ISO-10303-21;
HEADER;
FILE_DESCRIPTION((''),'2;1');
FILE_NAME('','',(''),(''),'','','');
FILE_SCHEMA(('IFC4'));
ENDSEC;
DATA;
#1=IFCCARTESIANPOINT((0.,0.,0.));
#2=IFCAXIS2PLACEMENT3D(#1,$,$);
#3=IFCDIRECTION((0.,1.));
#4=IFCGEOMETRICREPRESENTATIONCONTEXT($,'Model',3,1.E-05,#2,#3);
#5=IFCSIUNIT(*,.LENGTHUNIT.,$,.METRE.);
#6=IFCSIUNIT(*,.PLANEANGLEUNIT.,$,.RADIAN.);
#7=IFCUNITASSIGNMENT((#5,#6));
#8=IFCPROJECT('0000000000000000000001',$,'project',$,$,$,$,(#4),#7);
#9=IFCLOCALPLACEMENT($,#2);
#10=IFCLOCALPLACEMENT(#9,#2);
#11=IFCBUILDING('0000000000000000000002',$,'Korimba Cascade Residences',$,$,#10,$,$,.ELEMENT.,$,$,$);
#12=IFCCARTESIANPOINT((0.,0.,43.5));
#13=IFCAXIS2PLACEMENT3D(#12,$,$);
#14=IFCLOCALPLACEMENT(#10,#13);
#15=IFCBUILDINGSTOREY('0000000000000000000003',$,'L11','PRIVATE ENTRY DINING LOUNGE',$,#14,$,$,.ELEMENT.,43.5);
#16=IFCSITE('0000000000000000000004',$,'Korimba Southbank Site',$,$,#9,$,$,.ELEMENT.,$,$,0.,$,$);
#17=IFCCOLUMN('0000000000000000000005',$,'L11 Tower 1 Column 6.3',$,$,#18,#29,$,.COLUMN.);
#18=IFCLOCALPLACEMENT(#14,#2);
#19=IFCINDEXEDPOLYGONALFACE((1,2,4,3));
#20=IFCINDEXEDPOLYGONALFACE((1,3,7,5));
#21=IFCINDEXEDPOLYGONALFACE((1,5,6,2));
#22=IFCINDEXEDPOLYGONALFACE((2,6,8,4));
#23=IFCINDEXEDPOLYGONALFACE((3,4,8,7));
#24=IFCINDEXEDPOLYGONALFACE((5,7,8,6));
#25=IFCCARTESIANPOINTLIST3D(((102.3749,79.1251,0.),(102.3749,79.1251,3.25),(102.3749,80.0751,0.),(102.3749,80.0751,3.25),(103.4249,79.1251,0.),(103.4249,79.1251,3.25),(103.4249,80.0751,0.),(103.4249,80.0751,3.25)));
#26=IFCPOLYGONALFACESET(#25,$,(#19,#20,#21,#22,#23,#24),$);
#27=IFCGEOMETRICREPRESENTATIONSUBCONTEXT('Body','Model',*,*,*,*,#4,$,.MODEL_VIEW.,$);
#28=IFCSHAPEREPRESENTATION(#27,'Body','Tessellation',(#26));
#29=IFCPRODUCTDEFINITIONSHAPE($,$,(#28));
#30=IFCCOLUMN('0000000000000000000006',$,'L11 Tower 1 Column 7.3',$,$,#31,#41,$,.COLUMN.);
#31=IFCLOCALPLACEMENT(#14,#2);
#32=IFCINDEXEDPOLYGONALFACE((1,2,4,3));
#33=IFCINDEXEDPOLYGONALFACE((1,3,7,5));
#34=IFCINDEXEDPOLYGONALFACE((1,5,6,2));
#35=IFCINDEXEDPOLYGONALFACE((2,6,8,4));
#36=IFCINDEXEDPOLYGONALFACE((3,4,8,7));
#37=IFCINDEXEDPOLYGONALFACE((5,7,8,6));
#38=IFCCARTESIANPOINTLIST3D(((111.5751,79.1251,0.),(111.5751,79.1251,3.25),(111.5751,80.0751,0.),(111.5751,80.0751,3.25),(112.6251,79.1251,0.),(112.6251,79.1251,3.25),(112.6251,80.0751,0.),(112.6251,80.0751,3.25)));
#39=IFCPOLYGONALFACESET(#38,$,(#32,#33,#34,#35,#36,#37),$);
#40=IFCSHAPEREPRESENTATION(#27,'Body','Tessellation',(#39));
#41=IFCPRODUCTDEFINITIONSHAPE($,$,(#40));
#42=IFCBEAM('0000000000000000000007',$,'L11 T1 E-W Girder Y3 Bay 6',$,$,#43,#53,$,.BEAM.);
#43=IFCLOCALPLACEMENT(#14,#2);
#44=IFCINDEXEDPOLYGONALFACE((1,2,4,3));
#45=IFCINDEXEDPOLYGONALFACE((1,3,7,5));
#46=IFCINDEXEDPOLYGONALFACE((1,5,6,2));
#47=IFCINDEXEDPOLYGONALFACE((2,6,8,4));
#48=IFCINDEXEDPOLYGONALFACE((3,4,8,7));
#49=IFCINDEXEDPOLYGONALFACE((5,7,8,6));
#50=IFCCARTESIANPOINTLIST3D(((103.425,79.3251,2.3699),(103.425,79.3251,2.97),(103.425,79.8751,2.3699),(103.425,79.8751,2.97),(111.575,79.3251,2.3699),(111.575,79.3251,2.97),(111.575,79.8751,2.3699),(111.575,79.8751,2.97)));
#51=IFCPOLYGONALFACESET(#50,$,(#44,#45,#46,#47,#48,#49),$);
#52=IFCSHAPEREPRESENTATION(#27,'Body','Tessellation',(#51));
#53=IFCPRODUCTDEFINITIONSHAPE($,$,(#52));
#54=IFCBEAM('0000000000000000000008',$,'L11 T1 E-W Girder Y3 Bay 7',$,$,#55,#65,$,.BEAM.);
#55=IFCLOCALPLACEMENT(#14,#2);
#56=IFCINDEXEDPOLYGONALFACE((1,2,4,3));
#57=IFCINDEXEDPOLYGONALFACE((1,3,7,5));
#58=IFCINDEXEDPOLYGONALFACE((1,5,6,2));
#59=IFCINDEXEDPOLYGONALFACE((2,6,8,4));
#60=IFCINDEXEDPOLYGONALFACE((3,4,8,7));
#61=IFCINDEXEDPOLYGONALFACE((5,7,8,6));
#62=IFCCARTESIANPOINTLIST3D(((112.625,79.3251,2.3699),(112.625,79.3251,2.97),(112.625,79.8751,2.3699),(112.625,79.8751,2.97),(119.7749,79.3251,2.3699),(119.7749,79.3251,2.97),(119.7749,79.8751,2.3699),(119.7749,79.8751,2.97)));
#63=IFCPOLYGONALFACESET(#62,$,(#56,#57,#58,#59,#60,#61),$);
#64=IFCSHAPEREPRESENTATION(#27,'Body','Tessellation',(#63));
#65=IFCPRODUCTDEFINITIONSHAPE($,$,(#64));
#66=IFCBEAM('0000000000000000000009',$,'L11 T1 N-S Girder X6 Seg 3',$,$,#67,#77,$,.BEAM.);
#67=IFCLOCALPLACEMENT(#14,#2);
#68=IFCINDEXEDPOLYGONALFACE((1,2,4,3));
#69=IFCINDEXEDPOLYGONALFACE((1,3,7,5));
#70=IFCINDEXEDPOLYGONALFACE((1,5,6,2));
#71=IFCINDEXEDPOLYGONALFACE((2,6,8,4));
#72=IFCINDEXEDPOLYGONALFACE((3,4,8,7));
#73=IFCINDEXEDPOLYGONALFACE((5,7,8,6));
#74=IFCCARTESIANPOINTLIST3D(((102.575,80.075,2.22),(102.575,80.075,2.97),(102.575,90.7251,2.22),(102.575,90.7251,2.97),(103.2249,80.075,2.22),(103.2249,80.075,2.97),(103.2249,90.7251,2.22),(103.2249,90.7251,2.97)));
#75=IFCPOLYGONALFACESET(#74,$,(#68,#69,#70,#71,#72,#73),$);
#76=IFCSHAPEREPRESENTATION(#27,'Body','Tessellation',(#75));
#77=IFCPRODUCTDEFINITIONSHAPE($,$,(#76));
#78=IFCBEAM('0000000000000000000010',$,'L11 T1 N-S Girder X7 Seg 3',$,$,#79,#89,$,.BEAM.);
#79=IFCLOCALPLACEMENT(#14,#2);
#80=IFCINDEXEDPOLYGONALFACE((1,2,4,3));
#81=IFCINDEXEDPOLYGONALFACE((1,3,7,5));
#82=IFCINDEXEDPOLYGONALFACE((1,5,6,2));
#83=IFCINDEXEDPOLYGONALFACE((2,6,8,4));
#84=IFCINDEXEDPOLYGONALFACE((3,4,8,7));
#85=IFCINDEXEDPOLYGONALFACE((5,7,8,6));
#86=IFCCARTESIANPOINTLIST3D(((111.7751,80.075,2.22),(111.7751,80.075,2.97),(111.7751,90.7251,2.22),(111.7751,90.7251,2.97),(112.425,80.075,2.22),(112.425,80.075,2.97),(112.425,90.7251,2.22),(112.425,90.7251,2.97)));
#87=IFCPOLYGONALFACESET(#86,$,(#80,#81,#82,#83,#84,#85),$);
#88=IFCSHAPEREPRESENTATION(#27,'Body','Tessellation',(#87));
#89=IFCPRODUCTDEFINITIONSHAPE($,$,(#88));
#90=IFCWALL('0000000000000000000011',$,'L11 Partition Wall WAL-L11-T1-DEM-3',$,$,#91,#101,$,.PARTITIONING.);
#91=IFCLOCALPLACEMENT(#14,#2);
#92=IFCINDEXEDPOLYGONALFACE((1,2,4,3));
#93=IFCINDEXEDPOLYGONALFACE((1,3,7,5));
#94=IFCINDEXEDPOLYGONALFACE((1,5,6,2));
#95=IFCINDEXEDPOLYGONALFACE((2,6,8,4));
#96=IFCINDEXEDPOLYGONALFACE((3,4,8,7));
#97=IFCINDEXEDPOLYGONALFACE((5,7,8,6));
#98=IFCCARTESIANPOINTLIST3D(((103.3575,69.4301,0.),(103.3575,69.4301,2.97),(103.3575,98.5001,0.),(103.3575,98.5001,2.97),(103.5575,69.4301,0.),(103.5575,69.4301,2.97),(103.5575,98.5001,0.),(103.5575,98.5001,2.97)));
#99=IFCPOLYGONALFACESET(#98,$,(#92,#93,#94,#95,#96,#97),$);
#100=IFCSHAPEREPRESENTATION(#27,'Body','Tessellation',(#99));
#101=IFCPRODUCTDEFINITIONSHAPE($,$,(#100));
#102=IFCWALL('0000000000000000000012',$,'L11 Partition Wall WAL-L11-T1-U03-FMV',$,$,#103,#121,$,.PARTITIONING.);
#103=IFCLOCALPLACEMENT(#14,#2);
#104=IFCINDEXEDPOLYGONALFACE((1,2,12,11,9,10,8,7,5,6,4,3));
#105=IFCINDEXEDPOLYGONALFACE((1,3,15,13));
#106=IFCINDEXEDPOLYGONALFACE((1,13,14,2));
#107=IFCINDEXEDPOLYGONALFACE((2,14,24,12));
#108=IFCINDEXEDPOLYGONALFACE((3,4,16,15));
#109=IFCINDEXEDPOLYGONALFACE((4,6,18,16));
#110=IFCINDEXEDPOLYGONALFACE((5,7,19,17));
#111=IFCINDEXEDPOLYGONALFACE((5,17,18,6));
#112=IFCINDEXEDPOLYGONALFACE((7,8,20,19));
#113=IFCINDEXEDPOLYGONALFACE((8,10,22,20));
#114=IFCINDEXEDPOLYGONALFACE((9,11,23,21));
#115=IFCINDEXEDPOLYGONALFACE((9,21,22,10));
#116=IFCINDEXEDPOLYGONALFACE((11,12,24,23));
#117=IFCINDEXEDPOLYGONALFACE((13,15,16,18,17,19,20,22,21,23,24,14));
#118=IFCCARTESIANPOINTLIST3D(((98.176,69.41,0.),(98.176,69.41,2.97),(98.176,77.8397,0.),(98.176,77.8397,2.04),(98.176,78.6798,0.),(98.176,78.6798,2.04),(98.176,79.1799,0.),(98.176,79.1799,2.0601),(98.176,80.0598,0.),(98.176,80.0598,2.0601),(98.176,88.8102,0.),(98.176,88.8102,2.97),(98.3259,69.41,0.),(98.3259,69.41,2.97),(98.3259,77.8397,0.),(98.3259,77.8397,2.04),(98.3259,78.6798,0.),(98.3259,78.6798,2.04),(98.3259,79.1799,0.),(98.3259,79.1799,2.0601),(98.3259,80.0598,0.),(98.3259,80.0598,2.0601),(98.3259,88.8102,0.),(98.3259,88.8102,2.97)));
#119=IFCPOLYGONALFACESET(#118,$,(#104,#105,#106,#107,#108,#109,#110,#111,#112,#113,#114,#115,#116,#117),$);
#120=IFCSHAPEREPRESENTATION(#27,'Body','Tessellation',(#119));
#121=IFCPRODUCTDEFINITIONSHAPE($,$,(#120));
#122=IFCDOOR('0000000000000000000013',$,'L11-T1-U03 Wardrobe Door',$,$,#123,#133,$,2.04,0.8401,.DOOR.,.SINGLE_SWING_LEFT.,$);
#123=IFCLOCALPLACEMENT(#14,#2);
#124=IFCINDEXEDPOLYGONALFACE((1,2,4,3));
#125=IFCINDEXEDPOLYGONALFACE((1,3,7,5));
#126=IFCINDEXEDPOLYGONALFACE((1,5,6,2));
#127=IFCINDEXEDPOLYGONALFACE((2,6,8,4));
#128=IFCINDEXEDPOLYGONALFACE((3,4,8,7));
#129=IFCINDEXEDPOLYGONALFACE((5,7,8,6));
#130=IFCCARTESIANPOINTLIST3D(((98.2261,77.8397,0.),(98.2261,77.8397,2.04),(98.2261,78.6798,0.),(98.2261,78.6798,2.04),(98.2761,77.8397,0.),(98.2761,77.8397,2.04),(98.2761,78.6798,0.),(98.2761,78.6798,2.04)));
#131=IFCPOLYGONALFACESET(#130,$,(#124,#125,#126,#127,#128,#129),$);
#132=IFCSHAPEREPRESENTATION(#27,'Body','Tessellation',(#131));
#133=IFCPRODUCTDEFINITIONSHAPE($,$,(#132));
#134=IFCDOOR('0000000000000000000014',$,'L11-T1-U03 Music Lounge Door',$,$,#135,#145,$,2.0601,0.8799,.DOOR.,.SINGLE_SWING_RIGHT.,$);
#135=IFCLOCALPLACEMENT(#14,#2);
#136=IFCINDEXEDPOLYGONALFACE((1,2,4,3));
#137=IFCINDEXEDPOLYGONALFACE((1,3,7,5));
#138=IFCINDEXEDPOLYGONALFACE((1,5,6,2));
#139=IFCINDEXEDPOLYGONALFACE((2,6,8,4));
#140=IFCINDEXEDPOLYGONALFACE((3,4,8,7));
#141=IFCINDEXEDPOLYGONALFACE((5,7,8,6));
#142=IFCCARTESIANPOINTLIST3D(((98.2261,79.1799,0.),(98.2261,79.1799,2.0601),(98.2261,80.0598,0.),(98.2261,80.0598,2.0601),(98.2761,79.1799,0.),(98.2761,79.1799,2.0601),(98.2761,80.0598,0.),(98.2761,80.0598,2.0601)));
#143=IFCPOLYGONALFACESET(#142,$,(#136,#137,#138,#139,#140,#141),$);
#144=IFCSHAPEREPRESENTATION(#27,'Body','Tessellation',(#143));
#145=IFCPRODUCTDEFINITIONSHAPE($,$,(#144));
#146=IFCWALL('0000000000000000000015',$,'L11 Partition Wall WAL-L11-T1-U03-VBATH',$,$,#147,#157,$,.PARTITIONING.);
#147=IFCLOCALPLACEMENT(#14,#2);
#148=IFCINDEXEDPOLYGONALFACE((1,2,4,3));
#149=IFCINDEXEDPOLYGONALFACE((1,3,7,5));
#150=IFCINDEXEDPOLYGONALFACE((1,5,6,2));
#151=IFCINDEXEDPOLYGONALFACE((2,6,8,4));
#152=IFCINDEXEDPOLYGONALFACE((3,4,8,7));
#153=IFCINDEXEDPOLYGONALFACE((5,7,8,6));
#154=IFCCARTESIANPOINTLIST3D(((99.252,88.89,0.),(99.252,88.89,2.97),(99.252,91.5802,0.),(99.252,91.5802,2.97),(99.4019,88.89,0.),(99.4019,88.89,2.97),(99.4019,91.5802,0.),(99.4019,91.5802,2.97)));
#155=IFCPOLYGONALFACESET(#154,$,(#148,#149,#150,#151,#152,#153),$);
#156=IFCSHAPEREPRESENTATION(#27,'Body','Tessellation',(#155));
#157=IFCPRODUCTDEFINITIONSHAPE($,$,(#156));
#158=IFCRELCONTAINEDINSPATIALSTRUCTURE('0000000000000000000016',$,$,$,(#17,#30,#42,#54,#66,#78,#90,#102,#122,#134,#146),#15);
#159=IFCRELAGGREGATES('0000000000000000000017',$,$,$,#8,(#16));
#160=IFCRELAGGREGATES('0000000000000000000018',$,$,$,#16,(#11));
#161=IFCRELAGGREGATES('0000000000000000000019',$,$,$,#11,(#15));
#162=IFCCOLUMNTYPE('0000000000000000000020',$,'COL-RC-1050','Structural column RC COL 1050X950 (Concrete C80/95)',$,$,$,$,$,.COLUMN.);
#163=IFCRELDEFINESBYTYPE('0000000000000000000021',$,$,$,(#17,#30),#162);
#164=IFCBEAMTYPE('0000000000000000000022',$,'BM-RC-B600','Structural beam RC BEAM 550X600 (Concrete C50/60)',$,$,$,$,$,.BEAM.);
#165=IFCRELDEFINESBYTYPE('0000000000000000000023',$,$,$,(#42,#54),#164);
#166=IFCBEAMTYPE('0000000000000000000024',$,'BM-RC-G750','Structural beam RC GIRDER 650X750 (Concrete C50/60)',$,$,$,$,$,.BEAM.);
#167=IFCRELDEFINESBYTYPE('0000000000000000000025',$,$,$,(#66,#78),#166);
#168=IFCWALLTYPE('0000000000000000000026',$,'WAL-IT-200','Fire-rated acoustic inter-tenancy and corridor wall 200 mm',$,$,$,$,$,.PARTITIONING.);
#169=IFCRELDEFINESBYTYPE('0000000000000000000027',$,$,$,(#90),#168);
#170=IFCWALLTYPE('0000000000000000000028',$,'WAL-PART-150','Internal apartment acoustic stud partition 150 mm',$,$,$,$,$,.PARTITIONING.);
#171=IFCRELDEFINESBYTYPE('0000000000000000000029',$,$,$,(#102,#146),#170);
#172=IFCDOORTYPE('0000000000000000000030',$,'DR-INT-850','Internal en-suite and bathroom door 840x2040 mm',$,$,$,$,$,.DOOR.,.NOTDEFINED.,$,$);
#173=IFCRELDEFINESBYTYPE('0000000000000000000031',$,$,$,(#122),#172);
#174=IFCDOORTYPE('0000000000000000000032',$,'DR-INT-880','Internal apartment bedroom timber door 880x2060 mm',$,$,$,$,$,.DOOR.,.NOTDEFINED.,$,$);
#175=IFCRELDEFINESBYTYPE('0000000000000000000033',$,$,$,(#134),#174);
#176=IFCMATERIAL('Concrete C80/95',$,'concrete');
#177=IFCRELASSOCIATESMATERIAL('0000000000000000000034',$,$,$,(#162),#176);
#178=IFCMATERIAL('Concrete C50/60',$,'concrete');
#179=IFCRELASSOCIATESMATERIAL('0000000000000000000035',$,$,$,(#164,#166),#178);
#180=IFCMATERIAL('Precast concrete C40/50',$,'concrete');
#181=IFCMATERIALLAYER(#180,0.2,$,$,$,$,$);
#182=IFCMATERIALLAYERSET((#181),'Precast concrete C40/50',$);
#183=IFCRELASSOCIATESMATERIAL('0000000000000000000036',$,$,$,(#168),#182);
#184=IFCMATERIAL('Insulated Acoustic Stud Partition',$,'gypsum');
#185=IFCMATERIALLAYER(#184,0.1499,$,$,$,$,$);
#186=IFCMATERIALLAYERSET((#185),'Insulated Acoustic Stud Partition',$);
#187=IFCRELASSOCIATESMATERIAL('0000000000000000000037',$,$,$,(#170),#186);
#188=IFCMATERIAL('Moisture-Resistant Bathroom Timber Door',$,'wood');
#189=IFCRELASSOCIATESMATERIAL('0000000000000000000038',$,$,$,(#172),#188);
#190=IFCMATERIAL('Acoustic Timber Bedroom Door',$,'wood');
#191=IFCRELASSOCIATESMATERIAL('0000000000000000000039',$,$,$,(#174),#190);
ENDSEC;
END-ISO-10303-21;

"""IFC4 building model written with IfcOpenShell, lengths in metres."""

from ifc_helpers import new_model, si_unit, direction, frame, frame_2d, origin, origin_2d, place, context, subcontext, project, spatial, rectangle, extrude, material, layer, layer_set, material_profile, profile_set, type_object, element, fill, save


model = new_model("IFC4")

# Units and contexts
model_context = context("Model", 3, precision=1e-05, world=origin(), true_north=direction((0.0, 1.0)))
body_context = subcontext(model_context, "Body", "Model", "MODEL_VIEW")
ifc_project = project(units=[si_unit("LENGTHUNIT", "METRE"), si_unit("PLANEANGLEUNIT", "RADIAN")], contexts=[model_context])

# Site, building, storey
site_placement = place(None, origin())
site = spatial("IfcSite", under=ifc_project, at=site_placement, Name="Korimba Southbank Site", CompositionType="ELEMENT", RefElevation=0.0)
building_placement = place(site_placement, origin())
building = spatial("IfcBuilding", under=site, at=building_placement, Name="Korimba Cascade Residences", CompositionType="ELEMENT")
storey_placement = place(building_placement, frame((0.0, 0.0, 43.5)))
storey = spatial("IfcBuildingStorey", under=building, at=storey_placement, Name="L11", Description="PRIVATE ENTRY DINING LOUNGE", CompositionType="ELEMENT", Elevation=43.5)

# Columns
ifc_material_1 = material(Name="Concrete C80/95", Category="concrete")
ifc_material_profile_1 = material_profile(ifc_material_1, rectangle(XDim=1.05, YDim=0.95, at=origin_2d()), Name="Concrete C80/95")
ifc_profile_set_1 = profile_set([ifc_material_profile_1], Name="Concrete C80/95")
column_type = type_object("IfcColumnType", Name="COL-RC-1050", Description="Structural column RC COL 1050X950 (Concrete C80/95)", PredefinedType="COLUMN", material=ifc_profile_set_1)
for number, where, z_axis, x_axis, name in (
    (1, (102.8999, 79.6001, 0.0), (0.0, 0.0, 1.0), (1.0, 0.0, 0.0), "L11 Tower 1 Column 6.3"),
    (2, (112.1001, 79.6001, 0.0), (0.0, 0.0, 1.0), (1.0, 0.0, 0.0), "L11 Tower 1 Column 7.3"),
):
    element("IfcColumn", number, at=place(storey_placement, frame(where, z_axis=z_axis, x_axis=x_axis)), inside=storey, type_object=column_type, Name=name, PredefinedType="COLUMN", context=body_context, shape_type="SweptSolid", body=[
        extrude(rectangle(XDim=1.05, YDim=0.95, at=origin_2d()), origin(), (0.0, 0.0, 1.0), 3.25),
    ])

# Beams
ifc_material_2 = material(Name="Concrete C50/60", Category="concrete")
ifc_material_profile_2 = material_profile(ifc_material_2, rectangle(XDim=0.55, YDim=0.6001, at=origin_2d()), Name="Concrete C50/60")
ifc_profile_set_2 = profile_set([ifc_material_profile_2], Name="Concrete C50/60")
beam_type_1 = type_object("IfcBeamType", Name="BM-RC-B600", Description="Structural beam RC BEAM 550X600 (Concrete C50/60)", PredefinedType="BEAM", material=ifc_profile_set_2)
beam_1_placement = place(storey_placement, frame((103.425, 79.6001, 2.6699), z_axis=(1.0, 0.0, 0.0), x_axis=(0.0, 1.0, 0.0)))
element("IfcBeam", 3, at=beam_1_placement, inside=storey, type_object=beam_type_1, Name="L11 T1 E-W Girder Y3 Bay 6", PredefinedType="BEAM", context=body_context, shape_type="SweptSolid", body=[
    extrude(rectangle(XDim=0.55, YDim=0.6001, at=origin_2d()), origin(), (0.0, 0.0, 1.0), 8.1499),
])
beam_2_placement = place(storey_placement, frame((112.625, 79.6001, 2.6699), z_axis=(1.0, 0.0, 0.0), x_axis=(0.0, 1.0, 0.0)))
element("IfcBeam", 4, at=beam_2_placement, inside=storey, type_object=beam_type_1, Name="L11 T1 E-W Girder Y3 Bay 7", PredefinedType="BEAM", context=body_context, shape_type="SweptSolid", body=[
    extrude(rectangle(XDim=0.55, YDim=0.6001, at=origin_2d()), origin(), (0.0, 0.0, 1.0), 7.1499),
])
ifc_material_profile_3 = material_profile(ifc_material_2, rectangle(XDim=0.6499, YDim=0.75, at=origin_2d()), Name="Concrete C50/60")
ifc_profile_set_3 = profile_set([ifc_material_profile_3], Name="Concrete C50/60")
beam_type_2 = type_object("IfcBeamType", Name="BM-RC-G750", Description="Structural beam RC GIRDER 650X750 (Concrete C50/60)", PredefinedType="BEAM", material=ifc_profile_set_3)
for number, where, z_axis, x_axis, name in (
    (5, (102.8999, 80.075, 2.595), (0.0, 1.0, 0.0), (-1.0, 0.0, 0.0), "L11 T1 N-S Girder X6 Seg 3"),
    (6, (112.1001, 80.075, 2.595), (0.0, 1.0, 0.0), (-1.0, 0.0, 0.0), "L11 T1 N-S Girder X7 Seg 3"),
):
    element("IfcBeam", number, at=place(storey_placement, frame(where, z_axis=z_axis, x_axis=x_axis)), inside=storey, type_object=beam_type_2, Name=name, PredefinedType="BEAM", context=body_context, shape_type="SweptSolid", body=[
        extrude(rectangle(XDim=0.6499, YDim=0.75, at=origin_2d()), origin(), (0.0, 0.0, 1.0), 10.6501),
    ])

# Wall
ifc_material_3 = material(Name="Precast concrete C40/50", Category="concrete")
ifc_layer_1 = layer(ifc_material_3, 0.2)
ifc_layer_set_1 = layer_set([ifc_layer_1], Name="Precast concrete C40/50")
wall_type_1 = type_object("IfcWallType", Name="WAL-IT-200", Description="Fire-rated acoustic inter-tenancy and corridor wall 200 mm", PredefinedType="PARTITIONING", material=ifc_layer_set_1)
wall_1_placement = place(storey_placement, frame((103.4575, 69.4299, 0.0), z_axis=(0.0, 0.0, 1.0), x_axis=(0.0, 1.0, 0.0)))
element("IfcWall", 7, at=wall_1_placement, inside=storey, type_object=wall_type_1, Name="L11 Partition Wall WAL-L11-T1-DEM-3", PredefinedType="PARTITIONING", context=body_context, shape_type="SweptSolid", body=[
    extrude(rectangle(XDim=29.0701, YDim=0.2, at=frame_2d((14.5352, 0.0))), origin(), (0.0, 0.0, 1.0), 2.97),
])

# Wall, openings, doors
ifc_material_4 = material(Name="Insulated Acoustic Stud Partition", Category="gypsum")
ifc_layer_2 = layer(ifc_material_4, 0.1499)
ifc_layer_set_2 = layer_set([ifc_layer_2], Name="Insulated Acoustic Stud Partition")
wall_type_2 = type_object("IfcWallType", Name="WAL-PART-150", Description="Internal apartment acoustic stud partition 150 mm", PredefinedType="PARTITIONING", material=ifc_layer_set_2)
wall_2_placement = place(storey_placement, frame((98.251, 69.4099, 0.0), z_axis=(0.0, 0.0, 1.0), x_axis=(0.0, 1.0, 0.0)))
wall_2 = element("IfcWall", 8, at=wall_2_placement, inside=storey, type_object=wall_type_2, Name="L11 Partition Wall WAL-L11-T1-U03-FMV", PredefinedType="PARTITIONING", context=body_context, shape_type="SweptSolid", body=[
    extrude(rectangle(XDim=19.4001, YDim=0.1499, at=frame_2d((9.7002, 0.0))), origin(), (0.0, 0.0, 1.0), 2.97),
])
opening_1_placement = place(wall_2_placement, frame((8.4299, 0.0, 0.0)))
opening_1 = element("IfcOpeningElement", 9, at=opening_1_placement, cuts=wall_2, PredefinedType="OPENING", context=body_context, shape_type="SweptSolid", body=[
    extrude(rectangle(XDim=0.8401, YDim=2.04, at=frame_2d((0.4199, 1.02))), frame((0.0, 0.085, 0.0), z_axis=(0.0, -1.0, 0.0), x_axis=(1.0, 0.0, 0.0)), (0.0, 0.0, 1.0), 0.1699),
])
opening_2_placement = place(wall_2_placement, frame((9.77, 0.0, 0.0)))
opening_2 = element("IfcOpeningElement", 10, at=opening_2_placement, cuts=wall_2, PredefinedType="OPENING", context=body_context, shape_type="SweptSolid", body=[
    extrude(rectangle(XDim=0.8799, YDim=2.0601, at=frame_2d((0.4399, 1.03))), frame((0.0, 0.085, 0.0), z_axis=(0.0, -1.0, 0.0), x_axis=(1.0, 0.0, 0.0)), (0.0, 0.0, 1.0), 0.1699),
])
ifc_material_5 = material(Name="Moisture-Resistant Bathroom Timber Door", Category="wood")
door_type_1 = type_object("IfcDoorType", Name="DR-INT-850", Description="Internal en-suite and bathroom door 840x2040 mm", OperationType="NOTDEFINED", PredefinedType="DOOR", material=ifc_material_5)
door_1_placement = place(opening_1_placement, origin())
door_1 = element("IfcDoor", 11, at=door_1_placement, inside=storey, type_object=door_type_1, Name="L11-T1-U03 Wardrobe Door", OperationType="SINGLE_SWING_LEFT", OverallHeight=2.04, OverallWidth=0.8401, PredefinedType="DOOR", context=body_context, shape_type="SweptSolid", body=[
    extrude(rectangle(XDim=0.8401, YDim=2.04, at=frame_2d((0.4199, 1.02))), frame((0.0, 0.0249, 0.0), z_axis=(0.0, -1.0, 0.0), x_axis=(1.0, 0.0, 0.0)), (0.0, 0.0, 1.0), 0.05),
])
fill(opening_1, door_1)
ifc_material_6 = material(Name="Acoustic Timber Bedroom Door", Category="wood")
door_type_2 = type_object("IfcDoorType", Name="DR-INT-880", Description="Internal apartment bedroom timber door 880x2060 mm", OperationType="NOTDEFINED", PredefinedType="DOOR", material=ifc_material_6)
door_2_placement = place(opening_2_placement, origin())
door_2 = element("IfcDoor", 12, at=door_2_placement, inside=storey, type_object=door_type_2, Name="L11-T1-U03 Music Lounge Door", OperationType="SINGLE_SWING_RIGHT", OverallHeight=2.0601, OverallWidth=0.8799, PredefinedType="DOOR", context=body_context, shape_type="SweptSolid", body=[
    extrude(rectangle(XDim=0.8799, YDim=2.0601, at=frame_2d((0.4399, 1.03))), frame((0.0, 0.0249, 0.0), z_axis=(0.0, -1.0, 0.0), x_axis=(1.0, 0.0, 0.0)), (0.0, 0.0, 1.0), 0.05),
])
fill(opening_2, door_2)

# Wall
wall_3_placement = place(storey_placement, frame((99.3269, 88.8899, 0.0), z_axis=(0.0, 0.0, 1.0), x_axis=(0.0, 1.0, 0.0)))
element("IfcWall", 13, at=wall_3_placement, inside=storey, type_object=wall_type_2, Name="L11 Partition Wall WAL-L11-T1-U03-VBATH", PredefinedType="PARTITIONING", context=body_context, shape_type="SweptSolid", body=[
    extrude(rectangle(XDim=2.6902, YDim=0.1499, at=frame_2d((1.3452, 0.0))), origin(), (0.0, 0.0, 1.0), 2.97),
])

save(model, "model.ifc")
